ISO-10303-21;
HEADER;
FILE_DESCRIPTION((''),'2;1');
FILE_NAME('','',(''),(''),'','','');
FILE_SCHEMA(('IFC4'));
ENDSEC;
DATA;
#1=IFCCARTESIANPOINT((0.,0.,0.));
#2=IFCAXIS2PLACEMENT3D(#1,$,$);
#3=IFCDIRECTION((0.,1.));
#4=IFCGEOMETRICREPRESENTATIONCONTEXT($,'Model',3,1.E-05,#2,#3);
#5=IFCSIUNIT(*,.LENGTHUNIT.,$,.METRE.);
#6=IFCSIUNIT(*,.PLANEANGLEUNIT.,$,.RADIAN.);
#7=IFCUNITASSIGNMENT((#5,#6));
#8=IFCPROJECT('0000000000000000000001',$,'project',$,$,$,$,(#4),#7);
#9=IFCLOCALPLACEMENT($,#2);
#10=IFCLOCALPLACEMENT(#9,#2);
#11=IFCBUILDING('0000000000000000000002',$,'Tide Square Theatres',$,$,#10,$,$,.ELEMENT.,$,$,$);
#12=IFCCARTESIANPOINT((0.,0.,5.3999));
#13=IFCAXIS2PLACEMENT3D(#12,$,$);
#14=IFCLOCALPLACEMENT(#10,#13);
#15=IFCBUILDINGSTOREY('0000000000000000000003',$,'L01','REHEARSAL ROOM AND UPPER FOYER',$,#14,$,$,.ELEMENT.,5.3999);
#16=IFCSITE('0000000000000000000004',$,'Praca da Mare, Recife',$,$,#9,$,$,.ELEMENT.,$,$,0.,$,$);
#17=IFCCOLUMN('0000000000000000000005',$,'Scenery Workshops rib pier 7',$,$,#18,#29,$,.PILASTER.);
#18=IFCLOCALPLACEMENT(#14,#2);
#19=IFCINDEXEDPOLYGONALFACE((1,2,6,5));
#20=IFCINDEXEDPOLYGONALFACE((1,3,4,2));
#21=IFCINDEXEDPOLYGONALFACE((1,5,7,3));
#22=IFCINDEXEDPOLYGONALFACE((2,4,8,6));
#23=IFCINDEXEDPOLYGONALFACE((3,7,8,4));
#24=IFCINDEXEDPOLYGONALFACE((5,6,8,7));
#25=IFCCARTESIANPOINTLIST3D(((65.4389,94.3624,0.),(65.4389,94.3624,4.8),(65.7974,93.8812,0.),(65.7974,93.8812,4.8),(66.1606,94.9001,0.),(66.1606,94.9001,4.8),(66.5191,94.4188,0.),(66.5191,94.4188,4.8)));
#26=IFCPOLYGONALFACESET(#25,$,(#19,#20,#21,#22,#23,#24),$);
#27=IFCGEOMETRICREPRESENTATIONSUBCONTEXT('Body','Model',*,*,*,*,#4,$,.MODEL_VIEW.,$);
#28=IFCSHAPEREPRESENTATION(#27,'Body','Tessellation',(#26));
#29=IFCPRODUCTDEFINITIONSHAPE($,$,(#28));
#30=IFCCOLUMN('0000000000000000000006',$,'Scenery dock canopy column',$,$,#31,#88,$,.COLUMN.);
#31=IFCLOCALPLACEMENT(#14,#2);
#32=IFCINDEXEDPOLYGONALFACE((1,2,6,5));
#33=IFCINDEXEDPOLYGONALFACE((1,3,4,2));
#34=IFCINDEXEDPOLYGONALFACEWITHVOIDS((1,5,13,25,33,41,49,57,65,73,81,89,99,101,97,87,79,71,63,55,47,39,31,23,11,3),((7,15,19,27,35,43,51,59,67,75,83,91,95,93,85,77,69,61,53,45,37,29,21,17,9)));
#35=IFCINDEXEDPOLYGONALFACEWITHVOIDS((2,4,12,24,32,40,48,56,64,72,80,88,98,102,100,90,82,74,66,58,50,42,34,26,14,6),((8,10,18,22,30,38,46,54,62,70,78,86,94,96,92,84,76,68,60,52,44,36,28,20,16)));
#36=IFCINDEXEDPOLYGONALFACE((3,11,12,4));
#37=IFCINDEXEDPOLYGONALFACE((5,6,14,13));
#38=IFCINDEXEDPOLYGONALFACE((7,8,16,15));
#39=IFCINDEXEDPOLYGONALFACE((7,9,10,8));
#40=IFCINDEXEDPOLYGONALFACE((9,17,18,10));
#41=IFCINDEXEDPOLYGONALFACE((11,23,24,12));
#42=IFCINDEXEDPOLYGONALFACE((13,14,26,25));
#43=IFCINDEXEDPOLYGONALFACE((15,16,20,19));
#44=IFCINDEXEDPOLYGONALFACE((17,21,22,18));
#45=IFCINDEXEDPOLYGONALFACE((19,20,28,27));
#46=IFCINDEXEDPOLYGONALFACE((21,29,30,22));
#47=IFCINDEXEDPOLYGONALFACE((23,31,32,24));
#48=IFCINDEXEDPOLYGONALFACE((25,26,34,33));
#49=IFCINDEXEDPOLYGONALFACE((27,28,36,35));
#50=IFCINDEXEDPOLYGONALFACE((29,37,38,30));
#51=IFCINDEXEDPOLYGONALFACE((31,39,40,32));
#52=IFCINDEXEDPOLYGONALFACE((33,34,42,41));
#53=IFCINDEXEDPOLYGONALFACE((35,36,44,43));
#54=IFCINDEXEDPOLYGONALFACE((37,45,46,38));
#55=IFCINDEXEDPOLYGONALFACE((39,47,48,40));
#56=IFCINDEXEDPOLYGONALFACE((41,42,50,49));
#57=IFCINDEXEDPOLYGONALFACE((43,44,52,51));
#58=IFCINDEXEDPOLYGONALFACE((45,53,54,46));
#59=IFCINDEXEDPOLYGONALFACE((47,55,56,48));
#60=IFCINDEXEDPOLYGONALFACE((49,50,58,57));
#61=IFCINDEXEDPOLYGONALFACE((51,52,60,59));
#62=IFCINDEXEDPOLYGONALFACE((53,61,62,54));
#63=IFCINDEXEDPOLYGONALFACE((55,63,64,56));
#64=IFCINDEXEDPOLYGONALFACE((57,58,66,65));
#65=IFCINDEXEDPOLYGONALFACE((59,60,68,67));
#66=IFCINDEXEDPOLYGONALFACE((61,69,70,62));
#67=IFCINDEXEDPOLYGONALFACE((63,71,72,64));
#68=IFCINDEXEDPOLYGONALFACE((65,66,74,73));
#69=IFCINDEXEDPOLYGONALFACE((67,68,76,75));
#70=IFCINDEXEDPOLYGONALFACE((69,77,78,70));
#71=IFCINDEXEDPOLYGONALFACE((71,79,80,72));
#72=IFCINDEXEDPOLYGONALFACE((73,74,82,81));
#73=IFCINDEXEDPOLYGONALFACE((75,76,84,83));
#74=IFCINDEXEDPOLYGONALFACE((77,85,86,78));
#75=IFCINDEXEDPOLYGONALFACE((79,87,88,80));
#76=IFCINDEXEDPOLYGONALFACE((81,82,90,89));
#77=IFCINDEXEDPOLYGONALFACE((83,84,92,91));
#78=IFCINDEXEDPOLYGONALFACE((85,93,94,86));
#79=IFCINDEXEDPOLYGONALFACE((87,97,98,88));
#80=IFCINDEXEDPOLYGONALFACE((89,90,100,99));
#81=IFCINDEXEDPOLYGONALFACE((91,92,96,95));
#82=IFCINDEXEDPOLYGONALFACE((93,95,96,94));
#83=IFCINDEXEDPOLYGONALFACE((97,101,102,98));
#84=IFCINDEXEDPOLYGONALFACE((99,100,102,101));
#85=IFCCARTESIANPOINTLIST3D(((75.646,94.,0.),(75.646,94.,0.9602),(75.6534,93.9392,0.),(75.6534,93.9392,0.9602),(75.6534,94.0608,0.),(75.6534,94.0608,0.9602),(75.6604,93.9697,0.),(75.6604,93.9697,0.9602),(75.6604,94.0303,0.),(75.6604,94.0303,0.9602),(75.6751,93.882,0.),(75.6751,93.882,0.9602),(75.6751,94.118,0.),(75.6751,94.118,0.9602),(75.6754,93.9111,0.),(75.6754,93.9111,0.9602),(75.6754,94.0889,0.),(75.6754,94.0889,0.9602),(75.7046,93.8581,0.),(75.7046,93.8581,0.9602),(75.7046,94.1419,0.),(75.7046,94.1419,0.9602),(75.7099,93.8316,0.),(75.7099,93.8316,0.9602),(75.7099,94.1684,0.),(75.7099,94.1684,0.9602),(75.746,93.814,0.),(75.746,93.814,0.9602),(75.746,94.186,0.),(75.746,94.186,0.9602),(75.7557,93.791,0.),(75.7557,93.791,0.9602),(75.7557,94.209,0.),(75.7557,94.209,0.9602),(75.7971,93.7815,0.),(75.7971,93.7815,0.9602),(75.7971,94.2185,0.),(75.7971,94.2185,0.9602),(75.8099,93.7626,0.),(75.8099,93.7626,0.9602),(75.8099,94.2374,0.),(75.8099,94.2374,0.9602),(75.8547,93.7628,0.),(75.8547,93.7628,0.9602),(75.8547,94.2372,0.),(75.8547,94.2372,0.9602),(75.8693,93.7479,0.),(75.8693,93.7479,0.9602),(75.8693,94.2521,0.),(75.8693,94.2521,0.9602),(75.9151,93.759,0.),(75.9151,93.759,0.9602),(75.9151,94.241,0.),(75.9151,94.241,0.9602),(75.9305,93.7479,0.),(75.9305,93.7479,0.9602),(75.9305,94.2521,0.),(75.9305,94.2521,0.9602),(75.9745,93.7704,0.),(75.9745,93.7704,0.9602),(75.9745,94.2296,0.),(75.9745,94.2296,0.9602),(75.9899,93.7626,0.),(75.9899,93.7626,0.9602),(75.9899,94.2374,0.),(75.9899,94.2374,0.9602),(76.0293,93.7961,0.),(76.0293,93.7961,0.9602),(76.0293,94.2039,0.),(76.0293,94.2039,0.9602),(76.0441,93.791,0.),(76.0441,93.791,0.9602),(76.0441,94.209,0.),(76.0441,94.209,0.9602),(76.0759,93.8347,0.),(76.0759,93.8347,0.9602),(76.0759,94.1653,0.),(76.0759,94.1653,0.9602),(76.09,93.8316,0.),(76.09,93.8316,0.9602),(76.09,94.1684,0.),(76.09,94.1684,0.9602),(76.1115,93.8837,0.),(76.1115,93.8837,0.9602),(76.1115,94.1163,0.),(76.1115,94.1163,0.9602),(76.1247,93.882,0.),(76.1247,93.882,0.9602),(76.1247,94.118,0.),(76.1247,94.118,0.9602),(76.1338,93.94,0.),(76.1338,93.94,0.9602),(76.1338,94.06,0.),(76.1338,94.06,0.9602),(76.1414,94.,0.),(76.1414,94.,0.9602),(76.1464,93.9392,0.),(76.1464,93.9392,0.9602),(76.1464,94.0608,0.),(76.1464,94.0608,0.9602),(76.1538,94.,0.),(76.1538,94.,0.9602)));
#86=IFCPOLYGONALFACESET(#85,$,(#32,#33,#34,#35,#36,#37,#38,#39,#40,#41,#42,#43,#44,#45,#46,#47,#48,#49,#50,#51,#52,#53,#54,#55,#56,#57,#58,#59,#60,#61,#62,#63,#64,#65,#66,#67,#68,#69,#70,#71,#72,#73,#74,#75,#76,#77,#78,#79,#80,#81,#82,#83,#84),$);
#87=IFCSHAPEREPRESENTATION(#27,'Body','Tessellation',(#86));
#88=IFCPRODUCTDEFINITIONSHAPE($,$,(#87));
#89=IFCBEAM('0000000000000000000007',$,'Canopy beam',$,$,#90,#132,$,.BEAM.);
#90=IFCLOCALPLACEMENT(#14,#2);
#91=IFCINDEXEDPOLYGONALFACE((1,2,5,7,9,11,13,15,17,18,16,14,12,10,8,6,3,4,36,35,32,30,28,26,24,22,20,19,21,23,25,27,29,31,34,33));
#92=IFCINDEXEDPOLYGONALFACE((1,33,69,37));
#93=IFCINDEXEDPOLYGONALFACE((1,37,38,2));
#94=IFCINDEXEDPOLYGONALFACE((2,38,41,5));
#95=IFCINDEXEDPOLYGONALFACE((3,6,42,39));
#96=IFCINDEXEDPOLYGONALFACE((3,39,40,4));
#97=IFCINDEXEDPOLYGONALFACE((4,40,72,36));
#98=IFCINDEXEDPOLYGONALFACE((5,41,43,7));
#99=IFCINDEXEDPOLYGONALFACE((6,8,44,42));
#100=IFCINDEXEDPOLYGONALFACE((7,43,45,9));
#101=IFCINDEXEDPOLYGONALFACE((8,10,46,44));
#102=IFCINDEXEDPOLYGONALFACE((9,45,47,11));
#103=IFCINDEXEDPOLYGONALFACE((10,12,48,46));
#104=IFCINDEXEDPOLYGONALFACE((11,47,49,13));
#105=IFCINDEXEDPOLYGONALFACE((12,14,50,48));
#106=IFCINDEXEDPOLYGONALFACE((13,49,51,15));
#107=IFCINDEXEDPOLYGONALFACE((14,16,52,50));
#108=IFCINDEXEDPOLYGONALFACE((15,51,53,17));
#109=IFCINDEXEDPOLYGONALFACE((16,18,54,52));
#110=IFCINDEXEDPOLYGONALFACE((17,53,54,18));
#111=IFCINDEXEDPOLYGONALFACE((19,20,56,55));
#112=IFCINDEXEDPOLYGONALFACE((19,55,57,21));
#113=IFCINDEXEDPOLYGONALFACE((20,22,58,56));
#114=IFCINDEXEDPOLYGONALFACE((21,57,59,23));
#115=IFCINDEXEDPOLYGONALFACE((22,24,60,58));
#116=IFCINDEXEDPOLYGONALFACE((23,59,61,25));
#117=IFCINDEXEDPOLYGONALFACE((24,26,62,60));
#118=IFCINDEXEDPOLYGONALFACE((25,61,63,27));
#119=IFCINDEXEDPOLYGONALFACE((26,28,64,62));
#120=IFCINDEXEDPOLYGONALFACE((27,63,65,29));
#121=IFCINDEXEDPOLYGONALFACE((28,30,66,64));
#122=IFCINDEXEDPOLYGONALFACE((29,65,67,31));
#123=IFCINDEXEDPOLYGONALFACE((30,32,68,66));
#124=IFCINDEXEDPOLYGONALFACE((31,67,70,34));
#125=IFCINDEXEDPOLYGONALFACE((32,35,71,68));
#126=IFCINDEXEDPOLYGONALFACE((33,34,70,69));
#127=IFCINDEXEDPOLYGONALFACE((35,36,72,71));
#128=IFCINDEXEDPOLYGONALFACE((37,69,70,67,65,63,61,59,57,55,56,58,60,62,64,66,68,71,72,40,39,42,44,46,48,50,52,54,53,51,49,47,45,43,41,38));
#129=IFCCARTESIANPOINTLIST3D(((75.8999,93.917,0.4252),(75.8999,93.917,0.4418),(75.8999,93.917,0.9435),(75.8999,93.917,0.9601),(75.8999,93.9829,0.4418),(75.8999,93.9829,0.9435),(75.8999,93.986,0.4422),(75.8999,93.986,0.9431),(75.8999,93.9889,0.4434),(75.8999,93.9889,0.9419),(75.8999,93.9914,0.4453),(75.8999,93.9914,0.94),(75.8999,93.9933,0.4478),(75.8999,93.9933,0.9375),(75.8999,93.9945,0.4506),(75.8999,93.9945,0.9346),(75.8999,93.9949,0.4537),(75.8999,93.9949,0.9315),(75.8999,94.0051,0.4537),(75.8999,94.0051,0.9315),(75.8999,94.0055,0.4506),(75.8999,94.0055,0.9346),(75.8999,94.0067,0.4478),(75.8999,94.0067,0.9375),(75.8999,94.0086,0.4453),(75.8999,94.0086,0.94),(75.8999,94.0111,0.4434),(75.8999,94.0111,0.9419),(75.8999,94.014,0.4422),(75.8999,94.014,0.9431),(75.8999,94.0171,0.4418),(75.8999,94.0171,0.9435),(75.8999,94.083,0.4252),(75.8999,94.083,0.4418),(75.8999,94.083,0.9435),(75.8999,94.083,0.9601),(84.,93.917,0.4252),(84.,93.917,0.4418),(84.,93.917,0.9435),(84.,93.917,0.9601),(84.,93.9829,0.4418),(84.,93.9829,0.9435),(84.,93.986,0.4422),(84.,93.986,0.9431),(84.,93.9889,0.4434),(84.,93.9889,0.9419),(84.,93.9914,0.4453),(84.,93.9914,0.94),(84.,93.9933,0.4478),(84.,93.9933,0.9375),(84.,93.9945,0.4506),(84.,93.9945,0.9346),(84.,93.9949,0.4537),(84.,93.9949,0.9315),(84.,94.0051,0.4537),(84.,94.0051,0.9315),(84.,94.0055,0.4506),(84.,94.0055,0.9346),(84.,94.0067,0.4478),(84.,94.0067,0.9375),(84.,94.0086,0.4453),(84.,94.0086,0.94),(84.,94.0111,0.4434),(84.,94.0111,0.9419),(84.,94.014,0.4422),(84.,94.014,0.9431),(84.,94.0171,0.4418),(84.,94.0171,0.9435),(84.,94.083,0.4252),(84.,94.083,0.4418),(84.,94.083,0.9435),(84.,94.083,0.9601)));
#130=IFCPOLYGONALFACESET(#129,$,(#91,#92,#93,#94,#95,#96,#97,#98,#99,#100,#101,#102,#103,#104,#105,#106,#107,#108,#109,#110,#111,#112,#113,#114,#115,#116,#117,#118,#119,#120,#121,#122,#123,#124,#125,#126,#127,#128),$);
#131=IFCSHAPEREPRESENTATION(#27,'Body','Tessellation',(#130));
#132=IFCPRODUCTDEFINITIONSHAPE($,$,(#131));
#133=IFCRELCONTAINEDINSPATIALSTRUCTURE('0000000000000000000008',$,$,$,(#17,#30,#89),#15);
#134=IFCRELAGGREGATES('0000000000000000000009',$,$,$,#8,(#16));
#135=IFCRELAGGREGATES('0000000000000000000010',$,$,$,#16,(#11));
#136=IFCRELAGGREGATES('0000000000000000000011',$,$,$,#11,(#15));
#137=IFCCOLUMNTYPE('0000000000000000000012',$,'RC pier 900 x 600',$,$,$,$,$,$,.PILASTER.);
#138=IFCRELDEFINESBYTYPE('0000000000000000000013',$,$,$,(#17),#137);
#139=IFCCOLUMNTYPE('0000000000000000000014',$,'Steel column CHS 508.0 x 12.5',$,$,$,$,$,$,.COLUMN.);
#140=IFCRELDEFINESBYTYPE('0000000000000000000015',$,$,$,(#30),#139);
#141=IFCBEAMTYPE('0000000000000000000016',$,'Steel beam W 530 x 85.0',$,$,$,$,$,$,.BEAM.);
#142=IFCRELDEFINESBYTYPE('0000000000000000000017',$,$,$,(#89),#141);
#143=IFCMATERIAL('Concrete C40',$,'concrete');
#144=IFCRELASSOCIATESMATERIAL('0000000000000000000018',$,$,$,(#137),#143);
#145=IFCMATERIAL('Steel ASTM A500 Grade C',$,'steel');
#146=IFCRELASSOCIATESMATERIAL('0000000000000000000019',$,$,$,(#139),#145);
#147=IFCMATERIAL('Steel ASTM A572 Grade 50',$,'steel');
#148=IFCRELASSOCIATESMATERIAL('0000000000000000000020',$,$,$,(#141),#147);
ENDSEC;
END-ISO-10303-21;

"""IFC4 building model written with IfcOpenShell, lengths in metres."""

from ifc_helpers import new_model, si_unit, direction, frame, origin, origin_2d, place, context, subcontext, project, spatial, rectangle, hollow_circle, i_section, extrude, material, material_profile, profile_set, type_object, element, save


model = new_model("IFC4")

# Units and contexts
model_context = context("Model", 3, precision=1e-05, world=origin(), true_north=direction((0.0, 1.0)))
body_context = subcontext(model_context, "Body", "Model", "MODEL_VIEW")
ifc_project = project(units=[si_unit("LENGTHUNIT", "METRE"), si_unit("PLANEANGLEUNIT", "RADIAN")], contexts=[model_context])

# Site, building, storey
site_placement = place(None, origin())
site = spatial("IfcSite", under=ifc_project, at=site_placement, Name="Praca da Mare, Recife", CompositionType="ELEMENT", RefElevation=0.0)
building_placement = place(site_placement, origin())
building = spatial("IfcBuilding", under=site, at=building_placement, Name="Tide Square Theatres", CompositionType="ELEMENT")
storey_placement = place(building_placement, frame((0.0, 0.0, 5.3999)))
storey = spatial("IfcBuildingStorey", under=building, at=storey_placement, Name="L01", Description="REHEARSAL ROOM AND UPPER FOYER", CompositionType="ELEMENT", Elevation=5.3999)

# Columns
ifc_material_1 = material(Name="Concrete C40", Category="concrete")
ifc_material_profile_1 = material_profile(ifc_material_1, rectangle(XDim=0.8999, YDim=0.6001, at=origin_2d()))
ifc_profile_set_1 = profile_set([ifc_material_profile_1], Name="Concrete C40")
column_type_1 = type_object("IfcColumnType", Name="RC pier 900 x 600", PredefinedType="PILASTER", material=ifc_profile_set_1)
column_1_placement = place(storey_placement, frame((65.979, 94.3906, 0.0), z_axis=(0.0, 0.0, 1.0), x_axis=(0.801928, 0.597421, 0.0)))
element("IfcColumn", 1, at=column_1_placement, inside=storey, type_object=column_type_1, Name="Scenery Workshops rib pier 7", PredefinedType="PILASTER", context=body_context, shape_type="SweptSolid", body=[
    extrude(rectangle(XDim=0.8999, YDim=0.6001, at=origin_2d()), origin(), (0.0, 0.0, 1.0), 4.8),
])
ifc_material_2 = material(Name="Steel ASTM A500 Grade C", Category="steel")
ifc_material_profile_2 = material_profile(ifc_material_2, hollow_circle(Radius=0.2539, WallThickness=0.0125, at=origin_2d()))
ifc_profile_set_2 = profile_set([ifc_material_profile_2], Name="Steel ASTM A500 Grade C")
column_type_2 = type_object("IfcColumnType", Name="Steel column CHS 508.0 x 12.5", PredefinedType="COLUMN", material=ifc_profile_set_2)
column_2_placement = place(storey_placement, frame((75.8999, 94.0, 0.0), z_axis=(0.0, 0.0, 1.0), x_axis=(1.0, 0.0, 0.0)))
element("IfcColumn", 2, at=column_2_placement, inside=storey, type_object=column_type_2, Name="Scenery dock canopy column", PredefinedType="COLUMN", context=body_context, shape_type="SweptSolid", body=[
    extrude(hollow_circle(Radius=0.2539, WallThickness=0.0125, at=origin_2d()), origin(), (0.0, 0.0, 1.0), 0.9602),
])

# Beam
ifc_material_3 = material(Name="Steel ASTM A572 Grade 50", Category="steel")
ifc_material_profile_3 = material_profile(ifc_material_3, i_section(OverallWidth=0.166, OverallDepth=0.5349, WebThickness=0.0103, FlangeThickness=0.0166, FilletRadius=0.012, at=origin_2d()))
ifc_profile_set_3 = profile_set([ifc_material_profile_3], Name="Steel ASTM A572 Grade 50")
beam_type = type_object("IfcBeamType", Name="Steel beam W 530 x 85.0", PredefinedType="BEAM", material=ifc_profile_set_3)
beam_placement = place(storey_placement, frame((75.8999, 94.0, 0.6926), z_axis=(1.0, 0.0, 0.0), x_axis=(0.0, 1.0, 0.0)))
element("IfcBeam", 3, at=beam_placement, inside=storey, type_object=beam_type, Name="Canopy beam", PredefinedType="BEAM", context=body_context, shape_type="SweptSolid", body=[
    extrude(i_section(OverallWidth=0.166, OverallDepth=0.5349, WebThickness=0.0103, FlangeThickness=0.0166, FilletRadius=0.012, at=origin_2d()), origin(), (0.0, 0.0, 1.0), 8.1001),
])

save(model, "model.ifc")
